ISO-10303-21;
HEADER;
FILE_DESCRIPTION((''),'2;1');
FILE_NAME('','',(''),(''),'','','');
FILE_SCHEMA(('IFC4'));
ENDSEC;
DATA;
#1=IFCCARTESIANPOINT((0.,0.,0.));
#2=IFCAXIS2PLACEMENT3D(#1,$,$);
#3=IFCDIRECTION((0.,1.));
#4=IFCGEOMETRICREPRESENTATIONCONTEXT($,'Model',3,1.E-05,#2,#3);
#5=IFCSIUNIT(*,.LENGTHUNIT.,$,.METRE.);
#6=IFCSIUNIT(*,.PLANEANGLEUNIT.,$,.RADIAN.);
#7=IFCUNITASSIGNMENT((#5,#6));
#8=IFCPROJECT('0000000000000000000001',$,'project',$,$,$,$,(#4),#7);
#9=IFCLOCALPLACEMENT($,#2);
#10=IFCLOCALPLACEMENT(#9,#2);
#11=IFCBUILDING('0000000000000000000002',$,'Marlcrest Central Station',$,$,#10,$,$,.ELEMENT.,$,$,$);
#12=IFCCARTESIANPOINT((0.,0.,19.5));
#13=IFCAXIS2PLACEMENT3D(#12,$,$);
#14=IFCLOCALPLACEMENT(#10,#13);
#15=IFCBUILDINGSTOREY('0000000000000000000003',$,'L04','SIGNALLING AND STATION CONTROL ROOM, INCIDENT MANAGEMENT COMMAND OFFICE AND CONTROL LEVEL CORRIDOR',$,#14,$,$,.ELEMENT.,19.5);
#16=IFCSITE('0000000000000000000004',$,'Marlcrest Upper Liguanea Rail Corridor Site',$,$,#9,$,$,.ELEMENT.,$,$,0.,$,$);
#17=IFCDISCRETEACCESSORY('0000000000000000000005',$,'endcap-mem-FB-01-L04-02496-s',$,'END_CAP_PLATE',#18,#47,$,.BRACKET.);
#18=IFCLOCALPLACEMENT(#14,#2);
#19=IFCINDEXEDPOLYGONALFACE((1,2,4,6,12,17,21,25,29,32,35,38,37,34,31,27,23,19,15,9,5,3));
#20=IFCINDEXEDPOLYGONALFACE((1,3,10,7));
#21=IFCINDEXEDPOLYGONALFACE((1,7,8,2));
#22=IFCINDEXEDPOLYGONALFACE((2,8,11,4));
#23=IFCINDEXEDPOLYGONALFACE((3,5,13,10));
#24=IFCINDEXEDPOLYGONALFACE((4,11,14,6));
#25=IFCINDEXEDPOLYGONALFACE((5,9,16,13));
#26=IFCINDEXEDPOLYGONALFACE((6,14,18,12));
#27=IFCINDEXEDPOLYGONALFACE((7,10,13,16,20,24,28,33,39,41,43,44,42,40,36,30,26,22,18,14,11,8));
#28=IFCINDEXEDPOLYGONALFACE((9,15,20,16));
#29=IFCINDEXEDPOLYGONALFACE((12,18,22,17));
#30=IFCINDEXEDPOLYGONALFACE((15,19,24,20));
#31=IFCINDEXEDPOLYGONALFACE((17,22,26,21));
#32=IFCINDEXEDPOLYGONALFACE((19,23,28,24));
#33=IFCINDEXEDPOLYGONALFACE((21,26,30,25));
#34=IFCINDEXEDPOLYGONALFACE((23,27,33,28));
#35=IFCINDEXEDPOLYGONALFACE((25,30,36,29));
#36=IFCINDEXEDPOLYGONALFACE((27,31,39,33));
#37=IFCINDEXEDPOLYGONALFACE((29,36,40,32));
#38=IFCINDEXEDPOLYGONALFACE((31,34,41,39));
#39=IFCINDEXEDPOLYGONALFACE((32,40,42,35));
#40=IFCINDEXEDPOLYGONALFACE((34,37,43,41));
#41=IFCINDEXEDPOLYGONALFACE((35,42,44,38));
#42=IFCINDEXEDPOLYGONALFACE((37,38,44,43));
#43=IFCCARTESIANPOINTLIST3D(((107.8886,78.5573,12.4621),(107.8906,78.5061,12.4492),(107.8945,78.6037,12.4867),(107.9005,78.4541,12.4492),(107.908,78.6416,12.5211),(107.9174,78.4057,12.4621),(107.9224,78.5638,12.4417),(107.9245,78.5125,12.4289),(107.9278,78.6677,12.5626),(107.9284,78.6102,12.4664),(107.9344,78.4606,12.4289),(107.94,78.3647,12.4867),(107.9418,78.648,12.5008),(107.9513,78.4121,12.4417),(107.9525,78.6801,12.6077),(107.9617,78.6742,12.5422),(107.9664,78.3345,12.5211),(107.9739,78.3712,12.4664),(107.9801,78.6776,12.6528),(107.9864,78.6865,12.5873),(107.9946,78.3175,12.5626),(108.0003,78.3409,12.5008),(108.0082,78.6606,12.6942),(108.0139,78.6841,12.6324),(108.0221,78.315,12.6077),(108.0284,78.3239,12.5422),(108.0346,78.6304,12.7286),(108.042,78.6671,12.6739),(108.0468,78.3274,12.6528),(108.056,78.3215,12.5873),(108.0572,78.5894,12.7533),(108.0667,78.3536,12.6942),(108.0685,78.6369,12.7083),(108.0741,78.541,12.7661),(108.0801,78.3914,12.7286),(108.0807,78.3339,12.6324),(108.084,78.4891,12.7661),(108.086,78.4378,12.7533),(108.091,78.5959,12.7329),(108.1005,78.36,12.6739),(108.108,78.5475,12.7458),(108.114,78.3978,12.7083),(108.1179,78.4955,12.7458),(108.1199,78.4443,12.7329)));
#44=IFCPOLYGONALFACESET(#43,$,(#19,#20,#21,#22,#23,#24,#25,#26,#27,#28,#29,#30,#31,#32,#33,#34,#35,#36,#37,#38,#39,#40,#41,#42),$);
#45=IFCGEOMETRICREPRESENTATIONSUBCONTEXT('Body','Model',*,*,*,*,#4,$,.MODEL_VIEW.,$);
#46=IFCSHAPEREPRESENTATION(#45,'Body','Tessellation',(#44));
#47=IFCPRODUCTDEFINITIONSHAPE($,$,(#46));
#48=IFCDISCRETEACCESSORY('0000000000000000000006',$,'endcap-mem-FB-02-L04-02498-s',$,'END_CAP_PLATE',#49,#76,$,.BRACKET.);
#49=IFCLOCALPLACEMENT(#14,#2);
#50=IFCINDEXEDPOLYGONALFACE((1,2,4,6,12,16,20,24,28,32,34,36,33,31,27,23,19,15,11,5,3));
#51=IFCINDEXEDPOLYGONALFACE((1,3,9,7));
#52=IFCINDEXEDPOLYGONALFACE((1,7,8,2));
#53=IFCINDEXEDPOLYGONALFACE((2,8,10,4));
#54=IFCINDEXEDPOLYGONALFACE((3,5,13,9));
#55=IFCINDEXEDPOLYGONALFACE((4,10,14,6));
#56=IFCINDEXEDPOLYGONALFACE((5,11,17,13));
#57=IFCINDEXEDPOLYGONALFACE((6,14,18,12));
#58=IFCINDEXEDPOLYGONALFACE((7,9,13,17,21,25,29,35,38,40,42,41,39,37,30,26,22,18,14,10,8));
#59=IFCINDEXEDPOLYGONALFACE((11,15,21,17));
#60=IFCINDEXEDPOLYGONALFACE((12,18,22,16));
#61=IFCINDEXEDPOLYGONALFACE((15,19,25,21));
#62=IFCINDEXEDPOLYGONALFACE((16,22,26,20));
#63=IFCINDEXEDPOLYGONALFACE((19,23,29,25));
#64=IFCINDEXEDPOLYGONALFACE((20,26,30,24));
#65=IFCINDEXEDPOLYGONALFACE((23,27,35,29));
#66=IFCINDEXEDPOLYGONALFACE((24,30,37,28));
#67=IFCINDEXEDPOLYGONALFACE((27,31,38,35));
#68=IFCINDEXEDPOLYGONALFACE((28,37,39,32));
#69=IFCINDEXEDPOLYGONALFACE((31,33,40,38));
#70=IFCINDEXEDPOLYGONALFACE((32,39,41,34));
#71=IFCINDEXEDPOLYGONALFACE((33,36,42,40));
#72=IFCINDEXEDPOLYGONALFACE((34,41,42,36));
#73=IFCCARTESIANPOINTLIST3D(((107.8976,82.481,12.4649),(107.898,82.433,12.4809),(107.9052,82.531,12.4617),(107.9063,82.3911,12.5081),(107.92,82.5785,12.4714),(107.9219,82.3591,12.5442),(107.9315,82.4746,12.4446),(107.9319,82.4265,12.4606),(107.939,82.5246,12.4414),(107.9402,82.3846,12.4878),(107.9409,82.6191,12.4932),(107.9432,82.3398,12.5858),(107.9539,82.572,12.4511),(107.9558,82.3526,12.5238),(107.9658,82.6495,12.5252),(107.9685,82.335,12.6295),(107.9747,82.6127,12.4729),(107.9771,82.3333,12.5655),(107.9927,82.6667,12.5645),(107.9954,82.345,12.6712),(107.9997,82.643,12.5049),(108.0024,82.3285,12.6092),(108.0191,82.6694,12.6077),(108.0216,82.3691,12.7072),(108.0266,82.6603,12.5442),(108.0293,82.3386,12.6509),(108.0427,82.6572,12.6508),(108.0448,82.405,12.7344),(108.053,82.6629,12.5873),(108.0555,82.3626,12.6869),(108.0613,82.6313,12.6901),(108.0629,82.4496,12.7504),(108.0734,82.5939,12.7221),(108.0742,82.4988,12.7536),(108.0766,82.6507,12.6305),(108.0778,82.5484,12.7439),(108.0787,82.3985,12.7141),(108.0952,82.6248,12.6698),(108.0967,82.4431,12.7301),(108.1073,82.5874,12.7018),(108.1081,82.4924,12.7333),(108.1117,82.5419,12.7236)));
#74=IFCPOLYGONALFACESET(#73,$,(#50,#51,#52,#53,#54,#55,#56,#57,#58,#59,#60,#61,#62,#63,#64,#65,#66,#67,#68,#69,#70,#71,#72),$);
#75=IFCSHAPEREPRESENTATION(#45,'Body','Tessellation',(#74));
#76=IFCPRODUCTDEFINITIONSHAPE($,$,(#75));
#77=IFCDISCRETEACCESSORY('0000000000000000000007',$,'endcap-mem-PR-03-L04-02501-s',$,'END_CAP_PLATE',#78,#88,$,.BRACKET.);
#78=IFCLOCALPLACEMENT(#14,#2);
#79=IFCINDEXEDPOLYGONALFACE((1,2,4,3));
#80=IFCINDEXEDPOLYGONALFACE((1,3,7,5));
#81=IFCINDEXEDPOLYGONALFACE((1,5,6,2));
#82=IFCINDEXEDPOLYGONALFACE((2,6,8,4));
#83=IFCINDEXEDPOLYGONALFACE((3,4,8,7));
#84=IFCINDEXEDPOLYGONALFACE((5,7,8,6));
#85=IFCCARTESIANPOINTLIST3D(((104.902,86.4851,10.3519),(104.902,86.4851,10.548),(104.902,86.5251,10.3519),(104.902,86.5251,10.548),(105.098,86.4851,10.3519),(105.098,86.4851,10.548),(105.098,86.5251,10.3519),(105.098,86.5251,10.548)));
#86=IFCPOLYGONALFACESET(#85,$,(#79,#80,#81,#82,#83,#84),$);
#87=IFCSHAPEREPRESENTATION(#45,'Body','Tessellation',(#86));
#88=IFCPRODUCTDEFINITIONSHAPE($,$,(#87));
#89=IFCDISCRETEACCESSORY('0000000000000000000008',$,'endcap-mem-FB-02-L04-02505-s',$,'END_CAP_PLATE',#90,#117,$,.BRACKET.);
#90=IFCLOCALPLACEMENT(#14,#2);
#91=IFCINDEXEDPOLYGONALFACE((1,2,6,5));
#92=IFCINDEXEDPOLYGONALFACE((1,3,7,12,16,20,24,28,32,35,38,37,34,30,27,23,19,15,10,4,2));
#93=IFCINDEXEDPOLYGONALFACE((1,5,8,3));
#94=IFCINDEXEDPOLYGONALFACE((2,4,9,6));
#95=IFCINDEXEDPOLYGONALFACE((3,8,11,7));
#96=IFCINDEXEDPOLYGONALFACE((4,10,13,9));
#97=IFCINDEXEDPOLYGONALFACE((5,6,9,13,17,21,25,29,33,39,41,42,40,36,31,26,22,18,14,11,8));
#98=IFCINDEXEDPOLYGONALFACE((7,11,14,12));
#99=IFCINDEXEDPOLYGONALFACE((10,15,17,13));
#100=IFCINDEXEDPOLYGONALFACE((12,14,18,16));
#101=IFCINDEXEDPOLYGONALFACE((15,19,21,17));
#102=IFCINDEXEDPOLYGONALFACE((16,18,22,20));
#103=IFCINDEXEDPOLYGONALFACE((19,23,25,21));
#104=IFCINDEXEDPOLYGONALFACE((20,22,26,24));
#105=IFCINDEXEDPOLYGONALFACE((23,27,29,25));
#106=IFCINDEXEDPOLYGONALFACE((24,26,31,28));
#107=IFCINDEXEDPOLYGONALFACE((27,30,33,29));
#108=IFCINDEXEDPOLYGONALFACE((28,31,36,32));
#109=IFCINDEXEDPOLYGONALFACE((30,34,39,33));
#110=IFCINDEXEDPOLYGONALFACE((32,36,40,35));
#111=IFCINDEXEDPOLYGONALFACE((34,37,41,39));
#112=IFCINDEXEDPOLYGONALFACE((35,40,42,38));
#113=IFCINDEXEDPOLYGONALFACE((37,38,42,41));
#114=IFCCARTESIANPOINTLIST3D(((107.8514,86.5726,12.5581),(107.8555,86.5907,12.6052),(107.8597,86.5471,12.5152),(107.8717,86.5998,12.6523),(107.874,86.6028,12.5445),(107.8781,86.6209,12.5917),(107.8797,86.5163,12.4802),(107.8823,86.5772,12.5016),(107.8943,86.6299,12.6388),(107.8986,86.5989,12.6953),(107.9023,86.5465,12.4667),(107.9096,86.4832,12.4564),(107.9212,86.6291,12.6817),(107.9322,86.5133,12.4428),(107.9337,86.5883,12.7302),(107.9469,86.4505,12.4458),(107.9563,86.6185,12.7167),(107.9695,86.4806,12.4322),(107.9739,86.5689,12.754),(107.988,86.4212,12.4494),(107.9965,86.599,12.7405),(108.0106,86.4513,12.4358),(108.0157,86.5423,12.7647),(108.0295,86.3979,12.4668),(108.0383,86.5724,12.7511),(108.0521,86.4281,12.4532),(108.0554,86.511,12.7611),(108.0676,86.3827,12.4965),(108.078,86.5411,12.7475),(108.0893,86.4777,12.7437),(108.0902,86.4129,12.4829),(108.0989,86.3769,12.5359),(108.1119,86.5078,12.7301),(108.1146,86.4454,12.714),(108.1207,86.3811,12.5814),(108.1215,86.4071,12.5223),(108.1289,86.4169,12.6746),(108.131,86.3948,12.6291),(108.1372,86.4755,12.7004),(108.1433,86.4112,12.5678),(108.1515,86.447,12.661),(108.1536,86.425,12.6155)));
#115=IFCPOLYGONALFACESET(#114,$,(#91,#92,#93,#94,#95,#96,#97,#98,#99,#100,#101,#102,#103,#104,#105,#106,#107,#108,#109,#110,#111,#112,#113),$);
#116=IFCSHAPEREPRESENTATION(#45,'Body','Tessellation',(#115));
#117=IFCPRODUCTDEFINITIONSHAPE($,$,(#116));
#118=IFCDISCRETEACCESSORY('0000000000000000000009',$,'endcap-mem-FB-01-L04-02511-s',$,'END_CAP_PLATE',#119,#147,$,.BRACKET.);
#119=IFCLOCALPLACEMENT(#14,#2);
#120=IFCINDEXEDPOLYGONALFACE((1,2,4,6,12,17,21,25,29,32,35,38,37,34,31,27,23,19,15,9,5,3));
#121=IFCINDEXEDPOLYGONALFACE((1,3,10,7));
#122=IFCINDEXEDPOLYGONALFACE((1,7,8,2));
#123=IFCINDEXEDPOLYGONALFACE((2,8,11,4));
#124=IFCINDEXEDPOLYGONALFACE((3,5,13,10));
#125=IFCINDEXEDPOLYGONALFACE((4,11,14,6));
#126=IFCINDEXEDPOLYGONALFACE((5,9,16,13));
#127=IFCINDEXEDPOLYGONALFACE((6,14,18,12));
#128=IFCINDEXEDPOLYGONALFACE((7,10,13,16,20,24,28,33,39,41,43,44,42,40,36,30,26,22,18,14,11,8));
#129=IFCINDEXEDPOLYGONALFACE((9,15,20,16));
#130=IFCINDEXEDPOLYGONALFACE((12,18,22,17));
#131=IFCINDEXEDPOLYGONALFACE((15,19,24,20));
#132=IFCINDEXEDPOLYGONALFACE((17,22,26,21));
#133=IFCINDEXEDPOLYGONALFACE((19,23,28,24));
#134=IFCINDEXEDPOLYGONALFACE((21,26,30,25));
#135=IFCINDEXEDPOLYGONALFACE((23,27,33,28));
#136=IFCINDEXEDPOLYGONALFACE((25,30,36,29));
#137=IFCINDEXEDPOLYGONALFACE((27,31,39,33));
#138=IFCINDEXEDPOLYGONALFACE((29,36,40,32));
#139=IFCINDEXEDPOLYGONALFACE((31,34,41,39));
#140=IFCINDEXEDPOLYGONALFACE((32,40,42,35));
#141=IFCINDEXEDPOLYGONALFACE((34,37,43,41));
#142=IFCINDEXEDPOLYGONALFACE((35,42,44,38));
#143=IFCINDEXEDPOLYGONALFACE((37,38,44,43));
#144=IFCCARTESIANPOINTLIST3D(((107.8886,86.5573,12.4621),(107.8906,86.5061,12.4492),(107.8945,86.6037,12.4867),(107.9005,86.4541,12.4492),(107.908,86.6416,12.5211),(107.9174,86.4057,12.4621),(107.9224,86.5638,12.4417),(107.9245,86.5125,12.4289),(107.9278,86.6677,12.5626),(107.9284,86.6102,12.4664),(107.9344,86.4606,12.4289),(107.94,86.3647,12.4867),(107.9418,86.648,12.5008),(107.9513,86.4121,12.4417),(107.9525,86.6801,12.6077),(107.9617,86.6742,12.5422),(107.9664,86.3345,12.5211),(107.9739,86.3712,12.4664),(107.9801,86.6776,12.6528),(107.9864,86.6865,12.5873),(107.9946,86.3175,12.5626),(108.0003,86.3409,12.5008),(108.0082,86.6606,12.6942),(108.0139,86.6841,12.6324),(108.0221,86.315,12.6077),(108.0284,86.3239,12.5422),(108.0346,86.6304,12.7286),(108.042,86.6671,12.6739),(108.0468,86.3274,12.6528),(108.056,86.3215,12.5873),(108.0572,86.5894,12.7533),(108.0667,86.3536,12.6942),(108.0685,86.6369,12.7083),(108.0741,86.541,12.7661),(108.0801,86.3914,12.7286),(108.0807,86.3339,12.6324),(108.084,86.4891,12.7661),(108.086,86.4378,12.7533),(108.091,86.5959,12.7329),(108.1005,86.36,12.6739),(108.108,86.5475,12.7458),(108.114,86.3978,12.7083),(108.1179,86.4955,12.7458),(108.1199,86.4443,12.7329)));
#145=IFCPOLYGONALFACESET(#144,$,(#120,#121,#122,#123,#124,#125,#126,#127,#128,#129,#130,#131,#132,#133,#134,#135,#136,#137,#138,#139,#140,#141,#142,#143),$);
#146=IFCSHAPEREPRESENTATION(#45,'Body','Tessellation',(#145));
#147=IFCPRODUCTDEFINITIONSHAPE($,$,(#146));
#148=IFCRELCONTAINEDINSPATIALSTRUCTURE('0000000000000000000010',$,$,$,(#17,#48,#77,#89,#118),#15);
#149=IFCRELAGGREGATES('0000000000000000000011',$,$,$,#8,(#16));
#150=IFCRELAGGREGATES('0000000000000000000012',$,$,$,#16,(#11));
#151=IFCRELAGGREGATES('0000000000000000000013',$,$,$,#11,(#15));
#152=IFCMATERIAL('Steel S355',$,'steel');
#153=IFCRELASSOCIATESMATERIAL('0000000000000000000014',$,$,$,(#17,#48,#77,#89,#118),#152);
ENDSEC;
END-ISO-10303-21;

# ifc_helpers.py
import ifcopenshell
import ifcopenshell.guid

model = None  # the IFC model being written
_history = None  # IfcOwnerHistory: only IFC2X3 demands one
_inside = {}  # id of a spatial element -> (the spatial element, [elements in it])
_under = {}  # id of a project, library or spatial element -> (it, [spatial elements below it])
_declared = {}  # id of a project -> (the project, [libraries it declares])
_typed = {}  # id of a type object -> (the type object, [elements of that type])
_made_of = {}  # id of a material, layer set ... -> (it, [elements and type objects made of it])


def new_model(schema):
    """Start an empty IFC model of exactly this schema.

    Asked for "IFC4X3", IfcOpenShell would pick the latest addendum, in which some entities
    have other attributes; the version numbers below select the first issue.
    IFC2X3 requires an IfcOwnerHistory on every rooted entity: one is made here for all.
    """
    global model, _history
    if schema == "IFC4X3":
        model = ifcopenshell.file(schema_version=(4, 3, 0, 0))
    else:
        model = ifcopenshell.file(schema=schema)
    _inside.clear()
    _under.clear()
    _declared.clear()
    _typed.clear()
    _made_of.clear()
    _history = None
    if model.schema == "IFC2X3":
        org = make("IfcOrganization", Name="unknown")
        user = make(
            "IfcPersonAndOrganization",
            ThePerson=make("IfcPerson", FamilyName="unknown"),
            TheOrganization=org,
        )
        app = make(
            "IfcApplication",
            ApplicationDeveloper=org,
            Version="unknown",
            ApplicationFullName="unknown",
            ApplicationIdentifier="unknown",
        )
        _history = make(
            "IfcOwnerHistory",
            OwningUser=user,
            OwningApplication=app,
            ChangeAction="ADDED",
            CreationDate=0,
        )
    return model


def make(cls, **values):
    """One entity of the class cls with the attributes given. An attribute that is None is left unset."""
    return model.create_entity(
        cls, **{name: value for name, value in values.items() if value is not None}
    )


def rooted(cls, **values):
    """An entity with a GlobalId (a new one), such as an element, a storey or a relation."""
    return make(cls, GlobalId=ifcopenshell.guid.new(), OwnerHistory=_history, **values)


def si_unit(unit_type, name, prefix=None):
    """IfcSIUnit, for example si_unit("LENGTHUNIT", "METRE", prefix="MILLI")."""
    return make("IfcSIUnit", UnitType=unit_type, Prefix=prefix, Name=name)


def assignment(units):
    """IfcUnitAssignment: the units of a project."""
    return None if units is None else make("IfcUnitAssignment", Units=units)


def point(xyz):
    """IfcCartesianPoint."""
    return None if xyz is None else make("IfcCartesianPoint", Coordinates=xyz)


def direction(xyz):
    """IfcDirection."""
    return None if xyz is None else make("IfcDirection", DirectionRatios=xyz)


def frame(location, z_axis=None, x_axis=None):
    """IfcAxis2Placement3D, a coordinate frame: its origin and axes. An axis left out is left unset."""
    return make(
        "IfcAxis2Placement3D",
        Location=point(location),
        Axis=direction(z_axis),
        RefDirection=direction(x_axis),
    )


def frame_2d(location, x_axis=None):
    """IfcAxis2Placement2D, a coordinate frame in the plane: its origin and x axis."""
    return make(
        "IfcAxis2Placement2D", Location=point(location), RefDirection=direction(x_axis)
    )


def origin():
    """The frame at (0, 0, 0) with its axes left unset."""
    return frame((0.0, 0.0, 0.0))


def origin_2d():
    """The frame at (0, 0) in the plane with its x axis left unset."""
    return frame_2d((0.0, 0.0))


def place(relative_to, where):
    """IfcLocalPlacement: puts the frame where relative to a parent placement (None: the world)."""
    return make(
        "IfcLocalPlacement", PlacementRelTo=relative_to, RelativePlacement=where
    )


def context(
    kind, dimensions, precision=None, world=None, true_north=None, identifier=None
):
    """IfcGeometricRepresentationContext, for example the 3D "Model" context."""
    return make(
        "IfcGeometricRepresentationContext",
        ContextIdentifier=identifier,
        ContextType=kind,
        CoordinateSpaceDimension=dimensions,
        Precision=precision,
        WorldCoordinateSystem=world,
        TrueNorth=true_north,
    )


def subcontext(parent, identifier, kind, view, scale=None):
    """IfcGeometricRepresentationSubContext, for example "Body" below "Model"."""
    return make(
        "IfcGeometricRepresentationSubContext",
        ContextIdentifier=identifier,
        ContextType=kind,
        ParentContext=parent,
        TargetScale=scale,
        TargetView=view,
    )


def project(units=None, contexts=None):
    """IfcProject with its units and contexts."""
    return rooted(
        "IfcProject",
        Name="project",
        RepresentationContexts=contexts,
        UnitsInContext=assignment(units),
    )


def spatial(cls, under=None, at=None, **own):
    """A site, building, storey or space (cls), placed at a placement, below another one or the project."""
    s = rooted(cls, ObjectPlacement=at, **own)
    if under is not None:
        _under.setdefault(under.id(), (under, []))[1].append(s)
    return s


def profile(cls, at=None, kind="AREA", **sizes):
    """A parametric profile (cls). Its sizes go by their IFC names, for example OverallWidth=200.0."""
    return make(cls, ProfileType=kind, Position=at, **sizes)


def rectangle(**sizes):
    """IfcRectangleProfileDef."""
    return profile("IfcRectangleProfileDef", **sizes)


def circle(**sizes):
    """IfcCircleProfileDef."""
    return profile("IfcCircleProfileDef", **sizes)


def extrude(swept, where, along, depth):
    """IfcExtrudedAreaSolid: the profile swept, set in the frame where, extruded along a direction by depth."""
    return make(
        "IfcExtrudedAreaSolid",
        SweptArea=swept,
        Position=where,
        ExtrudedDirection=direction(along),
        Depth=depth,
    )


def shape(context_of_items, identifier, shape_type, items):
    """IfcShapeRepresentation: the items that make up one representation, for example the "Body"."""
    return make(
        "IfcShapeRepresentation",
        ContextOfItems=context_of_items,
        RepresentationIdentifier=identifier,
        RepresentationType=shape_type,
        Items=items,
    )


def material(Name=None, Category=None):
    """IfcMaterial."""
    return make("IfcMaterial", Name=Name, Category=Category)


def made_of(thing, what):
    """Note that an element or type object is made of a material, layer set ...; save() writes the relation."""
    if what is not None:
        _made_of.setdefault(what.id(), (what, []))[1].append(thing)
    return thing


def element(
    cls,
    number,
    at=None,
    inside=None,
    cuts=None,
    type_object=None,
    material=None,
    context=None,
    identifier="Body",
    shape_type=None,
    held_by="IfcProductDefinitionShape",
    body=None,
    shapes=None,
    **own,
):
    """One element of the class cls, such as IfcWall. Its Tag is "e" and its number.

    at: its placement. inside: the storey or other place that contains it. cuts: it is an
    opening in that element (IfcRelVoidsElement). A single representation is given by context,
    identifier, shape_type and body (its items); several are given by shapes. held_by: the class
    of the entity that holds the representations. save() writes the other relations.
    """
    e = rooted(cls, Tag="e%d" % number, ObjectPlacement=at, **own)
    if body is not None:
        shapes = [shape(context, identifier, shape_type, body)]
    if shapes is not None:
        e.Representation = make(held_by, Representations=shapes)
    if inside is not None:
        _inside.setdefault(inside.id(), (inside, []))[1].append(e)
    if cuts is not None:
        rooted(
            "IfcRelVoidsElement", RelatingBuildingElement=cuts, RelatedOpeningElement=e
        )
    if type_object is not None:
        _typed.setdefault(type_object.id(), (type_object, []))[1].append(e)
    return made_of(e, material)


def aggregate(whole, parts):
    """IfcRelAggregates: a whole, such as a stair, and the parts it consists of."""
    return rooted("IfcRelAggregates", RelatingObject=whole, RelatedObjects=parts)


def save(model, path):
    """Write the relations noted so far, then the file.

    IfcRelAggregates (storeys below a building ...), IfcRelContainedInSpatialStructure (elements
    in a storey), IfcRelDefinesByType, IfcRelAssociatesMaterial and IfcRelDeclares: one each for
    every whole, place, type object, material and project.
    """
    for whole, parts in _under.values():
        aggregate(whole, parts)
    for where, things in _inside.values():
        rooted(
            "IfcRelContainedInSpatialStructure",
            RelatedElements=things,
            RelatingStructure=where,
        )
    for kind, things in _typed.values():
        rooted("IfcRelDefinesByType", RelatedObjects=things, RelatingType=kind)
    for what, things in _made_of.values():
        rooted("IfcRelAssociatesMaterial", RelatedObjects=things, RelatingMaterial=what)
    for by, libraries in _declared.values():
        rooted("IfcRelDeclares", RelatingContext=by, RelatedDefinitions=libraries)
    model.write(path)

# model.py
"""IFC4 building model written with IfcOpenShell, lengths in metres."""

from ifc_helpers import new_model, si_unit, direction, frame, origin, origin_2d, place, context, subcontext, project, spatial, rectangle, circle, extrude, material, element, save


model = new_model("IFC4")

# Units and contexts
model_context = context("Model", 3, precision=1e-05, world=origin(), true_north=direction((0.0, 1.0)))
body_context = subcontext(model_context, "Body", "Model", "MODEL_VIEW")
ifc_project = project(units=[si_unit("LENGTHUNIT", "METRE"), si_unit("PLANEANGLEUNIT", "RADIAN")], contexts=[model_context])

# Site, building, storey
site_placement = place(None, origin())
site = spatial("IfcSite", under=ifc_project, at=site_placement, Name="Marlcrest Upper Liguanea Rail Corridor Site", CompositionType="ELEMENT", RefElevation=0.0)
building_placement = place(site_placement, origin())
building = spatial("IfcBuilding", under=site, at=building_placement, Name="Marlcrest Central Station", CompositionType="ELEMENT")
storey_placement = place(building_placement, frame((0.0, 0.0, 19.5)))
storey = spatial("IfcBuildingStorey", under=building, at=storey_placement, Name="L04", Description="SIGNALLING AND STATION CONTROL ROOM, INCIDENT MANAGEMENT COMMAND OFFICE AND CONTROL LEVEL CORRIDOR", CompositionType="ELEMENT", Elevation=19.5)

# Discrete accessories
ifc_material_1 = material(Name="Steel S355", Category="steel")
discrete_accessory_1_placement = place(storey_placement, frame((107.9873, 78.4976, 12.6077), z_axis=(0.846277, 0.161196, -0.50777), x_axis=(-0.187112, 0.982339, 0.0)))
element("IfcDiscreteAccessory", 1, at=discrete_accessory_1_placement, inside=storey, material=ifc_material_1, Name="endcap-mem-FB-01-L04-02496-s", ObjectType="END_CAP_PLATE", PredefinedType="BRACKET", context=body_context, shape_type="SweptSolid", body=[
    extrude(circle(Radius=0.1858, at=origin_2d()), origin(), (0.0, 0.0, 1.0), 0.04),
])
discrete_accessory_2_placement = place(storey_placement, frame((107.9873, 82.5024, 12.6077), z_axis=(0.846277, -0.161196, -0.50777), x_axis=(0.187112, 0.982339, 0.0)))
element("IfcDiscreteAccessory", 2, at=discrete_accessory_2_placement, inside=storey, material=ifc_material_1, Name="endcap-mem-FB-02-L04-02498-s", ObjectType="END_CAP_PLATE", PredefinedType="BRACKET", context=body_context, shape_type="SweptSolid", body=[
    extrude(circle(Radius=0.1699, at=origin_2d()), origin(), (0.0, 0.0, 1.0), 0.04),
])
discrete_accessory_3_placement = place(storey_placement, frame((105.0, 86.4851, 10.45), z_axis=(0.0, 1.0, 0.0), x_axis=(-1.0, 0.0, 0.0)))
element("IfcDiscreteAccessory", 3, at=discrete_accessory_3_placement, inside=storey, material=ifc_material_1, Name="endcap-mem-PR-03-L04-02501-s", ObjectType="END_CAP_PLATE", PredefinedType="BRACKET", context=body_context, shape_type="SweptSolid", body=[
    extrude(rectangle(XDim=0.196, YDim=0.196, at=origin_2d()), origin(), (0.0, 0.0, 1.0), 0.04),
])
discrete_accessory_4_placement = place(storey_placement, frame((107.9915, 86.4888, 12.6052), z_axis=(0.564531, 0.752708, -0.338728), x_axis=(-0.8, 0.6, 0.0)))
element("IfcDiscreteAccessory", 4, at=discrete_accessory_4_placement, inside=storey, material=ifc_material_1, Name="endcap-mem-FB-02-L04-02505-s", ObjectType="END_CAP_PLATE", PredefinedType="BRACKET", context=body_context, shape_type="SweptSolid", body=[
    extrude(circle(Radius=0.1699, at=origin_2d()), origin(), (0.0, 0.0, 1.0), 0.04),
])
discrete_accessory_5_placement = place(storey_placement, frame((107.9873, 86.4976, 12.6077), z_axis=(0.846277, 0.161196, -0.50777), x_axis=(-0.187112, 0.982339, 0.0)))
element("IfcDiscreteAccessory", 5, at=discrete_accessory_5_placement, inside=storey, material=ifc_material_1, Name="endcap-mem-FB-01-L04-02511-s", ObjectType="END_CAP_PLATE", PredefinedType="BRACKET", context=body_context, shape_type="SweptSolid", body=[
    extrude(circle(Radius=0.1858, at=origin_2d()), origin(), (0.0, 0.0, 1.0), 0.04),
])

save(model, "model.ifc")
